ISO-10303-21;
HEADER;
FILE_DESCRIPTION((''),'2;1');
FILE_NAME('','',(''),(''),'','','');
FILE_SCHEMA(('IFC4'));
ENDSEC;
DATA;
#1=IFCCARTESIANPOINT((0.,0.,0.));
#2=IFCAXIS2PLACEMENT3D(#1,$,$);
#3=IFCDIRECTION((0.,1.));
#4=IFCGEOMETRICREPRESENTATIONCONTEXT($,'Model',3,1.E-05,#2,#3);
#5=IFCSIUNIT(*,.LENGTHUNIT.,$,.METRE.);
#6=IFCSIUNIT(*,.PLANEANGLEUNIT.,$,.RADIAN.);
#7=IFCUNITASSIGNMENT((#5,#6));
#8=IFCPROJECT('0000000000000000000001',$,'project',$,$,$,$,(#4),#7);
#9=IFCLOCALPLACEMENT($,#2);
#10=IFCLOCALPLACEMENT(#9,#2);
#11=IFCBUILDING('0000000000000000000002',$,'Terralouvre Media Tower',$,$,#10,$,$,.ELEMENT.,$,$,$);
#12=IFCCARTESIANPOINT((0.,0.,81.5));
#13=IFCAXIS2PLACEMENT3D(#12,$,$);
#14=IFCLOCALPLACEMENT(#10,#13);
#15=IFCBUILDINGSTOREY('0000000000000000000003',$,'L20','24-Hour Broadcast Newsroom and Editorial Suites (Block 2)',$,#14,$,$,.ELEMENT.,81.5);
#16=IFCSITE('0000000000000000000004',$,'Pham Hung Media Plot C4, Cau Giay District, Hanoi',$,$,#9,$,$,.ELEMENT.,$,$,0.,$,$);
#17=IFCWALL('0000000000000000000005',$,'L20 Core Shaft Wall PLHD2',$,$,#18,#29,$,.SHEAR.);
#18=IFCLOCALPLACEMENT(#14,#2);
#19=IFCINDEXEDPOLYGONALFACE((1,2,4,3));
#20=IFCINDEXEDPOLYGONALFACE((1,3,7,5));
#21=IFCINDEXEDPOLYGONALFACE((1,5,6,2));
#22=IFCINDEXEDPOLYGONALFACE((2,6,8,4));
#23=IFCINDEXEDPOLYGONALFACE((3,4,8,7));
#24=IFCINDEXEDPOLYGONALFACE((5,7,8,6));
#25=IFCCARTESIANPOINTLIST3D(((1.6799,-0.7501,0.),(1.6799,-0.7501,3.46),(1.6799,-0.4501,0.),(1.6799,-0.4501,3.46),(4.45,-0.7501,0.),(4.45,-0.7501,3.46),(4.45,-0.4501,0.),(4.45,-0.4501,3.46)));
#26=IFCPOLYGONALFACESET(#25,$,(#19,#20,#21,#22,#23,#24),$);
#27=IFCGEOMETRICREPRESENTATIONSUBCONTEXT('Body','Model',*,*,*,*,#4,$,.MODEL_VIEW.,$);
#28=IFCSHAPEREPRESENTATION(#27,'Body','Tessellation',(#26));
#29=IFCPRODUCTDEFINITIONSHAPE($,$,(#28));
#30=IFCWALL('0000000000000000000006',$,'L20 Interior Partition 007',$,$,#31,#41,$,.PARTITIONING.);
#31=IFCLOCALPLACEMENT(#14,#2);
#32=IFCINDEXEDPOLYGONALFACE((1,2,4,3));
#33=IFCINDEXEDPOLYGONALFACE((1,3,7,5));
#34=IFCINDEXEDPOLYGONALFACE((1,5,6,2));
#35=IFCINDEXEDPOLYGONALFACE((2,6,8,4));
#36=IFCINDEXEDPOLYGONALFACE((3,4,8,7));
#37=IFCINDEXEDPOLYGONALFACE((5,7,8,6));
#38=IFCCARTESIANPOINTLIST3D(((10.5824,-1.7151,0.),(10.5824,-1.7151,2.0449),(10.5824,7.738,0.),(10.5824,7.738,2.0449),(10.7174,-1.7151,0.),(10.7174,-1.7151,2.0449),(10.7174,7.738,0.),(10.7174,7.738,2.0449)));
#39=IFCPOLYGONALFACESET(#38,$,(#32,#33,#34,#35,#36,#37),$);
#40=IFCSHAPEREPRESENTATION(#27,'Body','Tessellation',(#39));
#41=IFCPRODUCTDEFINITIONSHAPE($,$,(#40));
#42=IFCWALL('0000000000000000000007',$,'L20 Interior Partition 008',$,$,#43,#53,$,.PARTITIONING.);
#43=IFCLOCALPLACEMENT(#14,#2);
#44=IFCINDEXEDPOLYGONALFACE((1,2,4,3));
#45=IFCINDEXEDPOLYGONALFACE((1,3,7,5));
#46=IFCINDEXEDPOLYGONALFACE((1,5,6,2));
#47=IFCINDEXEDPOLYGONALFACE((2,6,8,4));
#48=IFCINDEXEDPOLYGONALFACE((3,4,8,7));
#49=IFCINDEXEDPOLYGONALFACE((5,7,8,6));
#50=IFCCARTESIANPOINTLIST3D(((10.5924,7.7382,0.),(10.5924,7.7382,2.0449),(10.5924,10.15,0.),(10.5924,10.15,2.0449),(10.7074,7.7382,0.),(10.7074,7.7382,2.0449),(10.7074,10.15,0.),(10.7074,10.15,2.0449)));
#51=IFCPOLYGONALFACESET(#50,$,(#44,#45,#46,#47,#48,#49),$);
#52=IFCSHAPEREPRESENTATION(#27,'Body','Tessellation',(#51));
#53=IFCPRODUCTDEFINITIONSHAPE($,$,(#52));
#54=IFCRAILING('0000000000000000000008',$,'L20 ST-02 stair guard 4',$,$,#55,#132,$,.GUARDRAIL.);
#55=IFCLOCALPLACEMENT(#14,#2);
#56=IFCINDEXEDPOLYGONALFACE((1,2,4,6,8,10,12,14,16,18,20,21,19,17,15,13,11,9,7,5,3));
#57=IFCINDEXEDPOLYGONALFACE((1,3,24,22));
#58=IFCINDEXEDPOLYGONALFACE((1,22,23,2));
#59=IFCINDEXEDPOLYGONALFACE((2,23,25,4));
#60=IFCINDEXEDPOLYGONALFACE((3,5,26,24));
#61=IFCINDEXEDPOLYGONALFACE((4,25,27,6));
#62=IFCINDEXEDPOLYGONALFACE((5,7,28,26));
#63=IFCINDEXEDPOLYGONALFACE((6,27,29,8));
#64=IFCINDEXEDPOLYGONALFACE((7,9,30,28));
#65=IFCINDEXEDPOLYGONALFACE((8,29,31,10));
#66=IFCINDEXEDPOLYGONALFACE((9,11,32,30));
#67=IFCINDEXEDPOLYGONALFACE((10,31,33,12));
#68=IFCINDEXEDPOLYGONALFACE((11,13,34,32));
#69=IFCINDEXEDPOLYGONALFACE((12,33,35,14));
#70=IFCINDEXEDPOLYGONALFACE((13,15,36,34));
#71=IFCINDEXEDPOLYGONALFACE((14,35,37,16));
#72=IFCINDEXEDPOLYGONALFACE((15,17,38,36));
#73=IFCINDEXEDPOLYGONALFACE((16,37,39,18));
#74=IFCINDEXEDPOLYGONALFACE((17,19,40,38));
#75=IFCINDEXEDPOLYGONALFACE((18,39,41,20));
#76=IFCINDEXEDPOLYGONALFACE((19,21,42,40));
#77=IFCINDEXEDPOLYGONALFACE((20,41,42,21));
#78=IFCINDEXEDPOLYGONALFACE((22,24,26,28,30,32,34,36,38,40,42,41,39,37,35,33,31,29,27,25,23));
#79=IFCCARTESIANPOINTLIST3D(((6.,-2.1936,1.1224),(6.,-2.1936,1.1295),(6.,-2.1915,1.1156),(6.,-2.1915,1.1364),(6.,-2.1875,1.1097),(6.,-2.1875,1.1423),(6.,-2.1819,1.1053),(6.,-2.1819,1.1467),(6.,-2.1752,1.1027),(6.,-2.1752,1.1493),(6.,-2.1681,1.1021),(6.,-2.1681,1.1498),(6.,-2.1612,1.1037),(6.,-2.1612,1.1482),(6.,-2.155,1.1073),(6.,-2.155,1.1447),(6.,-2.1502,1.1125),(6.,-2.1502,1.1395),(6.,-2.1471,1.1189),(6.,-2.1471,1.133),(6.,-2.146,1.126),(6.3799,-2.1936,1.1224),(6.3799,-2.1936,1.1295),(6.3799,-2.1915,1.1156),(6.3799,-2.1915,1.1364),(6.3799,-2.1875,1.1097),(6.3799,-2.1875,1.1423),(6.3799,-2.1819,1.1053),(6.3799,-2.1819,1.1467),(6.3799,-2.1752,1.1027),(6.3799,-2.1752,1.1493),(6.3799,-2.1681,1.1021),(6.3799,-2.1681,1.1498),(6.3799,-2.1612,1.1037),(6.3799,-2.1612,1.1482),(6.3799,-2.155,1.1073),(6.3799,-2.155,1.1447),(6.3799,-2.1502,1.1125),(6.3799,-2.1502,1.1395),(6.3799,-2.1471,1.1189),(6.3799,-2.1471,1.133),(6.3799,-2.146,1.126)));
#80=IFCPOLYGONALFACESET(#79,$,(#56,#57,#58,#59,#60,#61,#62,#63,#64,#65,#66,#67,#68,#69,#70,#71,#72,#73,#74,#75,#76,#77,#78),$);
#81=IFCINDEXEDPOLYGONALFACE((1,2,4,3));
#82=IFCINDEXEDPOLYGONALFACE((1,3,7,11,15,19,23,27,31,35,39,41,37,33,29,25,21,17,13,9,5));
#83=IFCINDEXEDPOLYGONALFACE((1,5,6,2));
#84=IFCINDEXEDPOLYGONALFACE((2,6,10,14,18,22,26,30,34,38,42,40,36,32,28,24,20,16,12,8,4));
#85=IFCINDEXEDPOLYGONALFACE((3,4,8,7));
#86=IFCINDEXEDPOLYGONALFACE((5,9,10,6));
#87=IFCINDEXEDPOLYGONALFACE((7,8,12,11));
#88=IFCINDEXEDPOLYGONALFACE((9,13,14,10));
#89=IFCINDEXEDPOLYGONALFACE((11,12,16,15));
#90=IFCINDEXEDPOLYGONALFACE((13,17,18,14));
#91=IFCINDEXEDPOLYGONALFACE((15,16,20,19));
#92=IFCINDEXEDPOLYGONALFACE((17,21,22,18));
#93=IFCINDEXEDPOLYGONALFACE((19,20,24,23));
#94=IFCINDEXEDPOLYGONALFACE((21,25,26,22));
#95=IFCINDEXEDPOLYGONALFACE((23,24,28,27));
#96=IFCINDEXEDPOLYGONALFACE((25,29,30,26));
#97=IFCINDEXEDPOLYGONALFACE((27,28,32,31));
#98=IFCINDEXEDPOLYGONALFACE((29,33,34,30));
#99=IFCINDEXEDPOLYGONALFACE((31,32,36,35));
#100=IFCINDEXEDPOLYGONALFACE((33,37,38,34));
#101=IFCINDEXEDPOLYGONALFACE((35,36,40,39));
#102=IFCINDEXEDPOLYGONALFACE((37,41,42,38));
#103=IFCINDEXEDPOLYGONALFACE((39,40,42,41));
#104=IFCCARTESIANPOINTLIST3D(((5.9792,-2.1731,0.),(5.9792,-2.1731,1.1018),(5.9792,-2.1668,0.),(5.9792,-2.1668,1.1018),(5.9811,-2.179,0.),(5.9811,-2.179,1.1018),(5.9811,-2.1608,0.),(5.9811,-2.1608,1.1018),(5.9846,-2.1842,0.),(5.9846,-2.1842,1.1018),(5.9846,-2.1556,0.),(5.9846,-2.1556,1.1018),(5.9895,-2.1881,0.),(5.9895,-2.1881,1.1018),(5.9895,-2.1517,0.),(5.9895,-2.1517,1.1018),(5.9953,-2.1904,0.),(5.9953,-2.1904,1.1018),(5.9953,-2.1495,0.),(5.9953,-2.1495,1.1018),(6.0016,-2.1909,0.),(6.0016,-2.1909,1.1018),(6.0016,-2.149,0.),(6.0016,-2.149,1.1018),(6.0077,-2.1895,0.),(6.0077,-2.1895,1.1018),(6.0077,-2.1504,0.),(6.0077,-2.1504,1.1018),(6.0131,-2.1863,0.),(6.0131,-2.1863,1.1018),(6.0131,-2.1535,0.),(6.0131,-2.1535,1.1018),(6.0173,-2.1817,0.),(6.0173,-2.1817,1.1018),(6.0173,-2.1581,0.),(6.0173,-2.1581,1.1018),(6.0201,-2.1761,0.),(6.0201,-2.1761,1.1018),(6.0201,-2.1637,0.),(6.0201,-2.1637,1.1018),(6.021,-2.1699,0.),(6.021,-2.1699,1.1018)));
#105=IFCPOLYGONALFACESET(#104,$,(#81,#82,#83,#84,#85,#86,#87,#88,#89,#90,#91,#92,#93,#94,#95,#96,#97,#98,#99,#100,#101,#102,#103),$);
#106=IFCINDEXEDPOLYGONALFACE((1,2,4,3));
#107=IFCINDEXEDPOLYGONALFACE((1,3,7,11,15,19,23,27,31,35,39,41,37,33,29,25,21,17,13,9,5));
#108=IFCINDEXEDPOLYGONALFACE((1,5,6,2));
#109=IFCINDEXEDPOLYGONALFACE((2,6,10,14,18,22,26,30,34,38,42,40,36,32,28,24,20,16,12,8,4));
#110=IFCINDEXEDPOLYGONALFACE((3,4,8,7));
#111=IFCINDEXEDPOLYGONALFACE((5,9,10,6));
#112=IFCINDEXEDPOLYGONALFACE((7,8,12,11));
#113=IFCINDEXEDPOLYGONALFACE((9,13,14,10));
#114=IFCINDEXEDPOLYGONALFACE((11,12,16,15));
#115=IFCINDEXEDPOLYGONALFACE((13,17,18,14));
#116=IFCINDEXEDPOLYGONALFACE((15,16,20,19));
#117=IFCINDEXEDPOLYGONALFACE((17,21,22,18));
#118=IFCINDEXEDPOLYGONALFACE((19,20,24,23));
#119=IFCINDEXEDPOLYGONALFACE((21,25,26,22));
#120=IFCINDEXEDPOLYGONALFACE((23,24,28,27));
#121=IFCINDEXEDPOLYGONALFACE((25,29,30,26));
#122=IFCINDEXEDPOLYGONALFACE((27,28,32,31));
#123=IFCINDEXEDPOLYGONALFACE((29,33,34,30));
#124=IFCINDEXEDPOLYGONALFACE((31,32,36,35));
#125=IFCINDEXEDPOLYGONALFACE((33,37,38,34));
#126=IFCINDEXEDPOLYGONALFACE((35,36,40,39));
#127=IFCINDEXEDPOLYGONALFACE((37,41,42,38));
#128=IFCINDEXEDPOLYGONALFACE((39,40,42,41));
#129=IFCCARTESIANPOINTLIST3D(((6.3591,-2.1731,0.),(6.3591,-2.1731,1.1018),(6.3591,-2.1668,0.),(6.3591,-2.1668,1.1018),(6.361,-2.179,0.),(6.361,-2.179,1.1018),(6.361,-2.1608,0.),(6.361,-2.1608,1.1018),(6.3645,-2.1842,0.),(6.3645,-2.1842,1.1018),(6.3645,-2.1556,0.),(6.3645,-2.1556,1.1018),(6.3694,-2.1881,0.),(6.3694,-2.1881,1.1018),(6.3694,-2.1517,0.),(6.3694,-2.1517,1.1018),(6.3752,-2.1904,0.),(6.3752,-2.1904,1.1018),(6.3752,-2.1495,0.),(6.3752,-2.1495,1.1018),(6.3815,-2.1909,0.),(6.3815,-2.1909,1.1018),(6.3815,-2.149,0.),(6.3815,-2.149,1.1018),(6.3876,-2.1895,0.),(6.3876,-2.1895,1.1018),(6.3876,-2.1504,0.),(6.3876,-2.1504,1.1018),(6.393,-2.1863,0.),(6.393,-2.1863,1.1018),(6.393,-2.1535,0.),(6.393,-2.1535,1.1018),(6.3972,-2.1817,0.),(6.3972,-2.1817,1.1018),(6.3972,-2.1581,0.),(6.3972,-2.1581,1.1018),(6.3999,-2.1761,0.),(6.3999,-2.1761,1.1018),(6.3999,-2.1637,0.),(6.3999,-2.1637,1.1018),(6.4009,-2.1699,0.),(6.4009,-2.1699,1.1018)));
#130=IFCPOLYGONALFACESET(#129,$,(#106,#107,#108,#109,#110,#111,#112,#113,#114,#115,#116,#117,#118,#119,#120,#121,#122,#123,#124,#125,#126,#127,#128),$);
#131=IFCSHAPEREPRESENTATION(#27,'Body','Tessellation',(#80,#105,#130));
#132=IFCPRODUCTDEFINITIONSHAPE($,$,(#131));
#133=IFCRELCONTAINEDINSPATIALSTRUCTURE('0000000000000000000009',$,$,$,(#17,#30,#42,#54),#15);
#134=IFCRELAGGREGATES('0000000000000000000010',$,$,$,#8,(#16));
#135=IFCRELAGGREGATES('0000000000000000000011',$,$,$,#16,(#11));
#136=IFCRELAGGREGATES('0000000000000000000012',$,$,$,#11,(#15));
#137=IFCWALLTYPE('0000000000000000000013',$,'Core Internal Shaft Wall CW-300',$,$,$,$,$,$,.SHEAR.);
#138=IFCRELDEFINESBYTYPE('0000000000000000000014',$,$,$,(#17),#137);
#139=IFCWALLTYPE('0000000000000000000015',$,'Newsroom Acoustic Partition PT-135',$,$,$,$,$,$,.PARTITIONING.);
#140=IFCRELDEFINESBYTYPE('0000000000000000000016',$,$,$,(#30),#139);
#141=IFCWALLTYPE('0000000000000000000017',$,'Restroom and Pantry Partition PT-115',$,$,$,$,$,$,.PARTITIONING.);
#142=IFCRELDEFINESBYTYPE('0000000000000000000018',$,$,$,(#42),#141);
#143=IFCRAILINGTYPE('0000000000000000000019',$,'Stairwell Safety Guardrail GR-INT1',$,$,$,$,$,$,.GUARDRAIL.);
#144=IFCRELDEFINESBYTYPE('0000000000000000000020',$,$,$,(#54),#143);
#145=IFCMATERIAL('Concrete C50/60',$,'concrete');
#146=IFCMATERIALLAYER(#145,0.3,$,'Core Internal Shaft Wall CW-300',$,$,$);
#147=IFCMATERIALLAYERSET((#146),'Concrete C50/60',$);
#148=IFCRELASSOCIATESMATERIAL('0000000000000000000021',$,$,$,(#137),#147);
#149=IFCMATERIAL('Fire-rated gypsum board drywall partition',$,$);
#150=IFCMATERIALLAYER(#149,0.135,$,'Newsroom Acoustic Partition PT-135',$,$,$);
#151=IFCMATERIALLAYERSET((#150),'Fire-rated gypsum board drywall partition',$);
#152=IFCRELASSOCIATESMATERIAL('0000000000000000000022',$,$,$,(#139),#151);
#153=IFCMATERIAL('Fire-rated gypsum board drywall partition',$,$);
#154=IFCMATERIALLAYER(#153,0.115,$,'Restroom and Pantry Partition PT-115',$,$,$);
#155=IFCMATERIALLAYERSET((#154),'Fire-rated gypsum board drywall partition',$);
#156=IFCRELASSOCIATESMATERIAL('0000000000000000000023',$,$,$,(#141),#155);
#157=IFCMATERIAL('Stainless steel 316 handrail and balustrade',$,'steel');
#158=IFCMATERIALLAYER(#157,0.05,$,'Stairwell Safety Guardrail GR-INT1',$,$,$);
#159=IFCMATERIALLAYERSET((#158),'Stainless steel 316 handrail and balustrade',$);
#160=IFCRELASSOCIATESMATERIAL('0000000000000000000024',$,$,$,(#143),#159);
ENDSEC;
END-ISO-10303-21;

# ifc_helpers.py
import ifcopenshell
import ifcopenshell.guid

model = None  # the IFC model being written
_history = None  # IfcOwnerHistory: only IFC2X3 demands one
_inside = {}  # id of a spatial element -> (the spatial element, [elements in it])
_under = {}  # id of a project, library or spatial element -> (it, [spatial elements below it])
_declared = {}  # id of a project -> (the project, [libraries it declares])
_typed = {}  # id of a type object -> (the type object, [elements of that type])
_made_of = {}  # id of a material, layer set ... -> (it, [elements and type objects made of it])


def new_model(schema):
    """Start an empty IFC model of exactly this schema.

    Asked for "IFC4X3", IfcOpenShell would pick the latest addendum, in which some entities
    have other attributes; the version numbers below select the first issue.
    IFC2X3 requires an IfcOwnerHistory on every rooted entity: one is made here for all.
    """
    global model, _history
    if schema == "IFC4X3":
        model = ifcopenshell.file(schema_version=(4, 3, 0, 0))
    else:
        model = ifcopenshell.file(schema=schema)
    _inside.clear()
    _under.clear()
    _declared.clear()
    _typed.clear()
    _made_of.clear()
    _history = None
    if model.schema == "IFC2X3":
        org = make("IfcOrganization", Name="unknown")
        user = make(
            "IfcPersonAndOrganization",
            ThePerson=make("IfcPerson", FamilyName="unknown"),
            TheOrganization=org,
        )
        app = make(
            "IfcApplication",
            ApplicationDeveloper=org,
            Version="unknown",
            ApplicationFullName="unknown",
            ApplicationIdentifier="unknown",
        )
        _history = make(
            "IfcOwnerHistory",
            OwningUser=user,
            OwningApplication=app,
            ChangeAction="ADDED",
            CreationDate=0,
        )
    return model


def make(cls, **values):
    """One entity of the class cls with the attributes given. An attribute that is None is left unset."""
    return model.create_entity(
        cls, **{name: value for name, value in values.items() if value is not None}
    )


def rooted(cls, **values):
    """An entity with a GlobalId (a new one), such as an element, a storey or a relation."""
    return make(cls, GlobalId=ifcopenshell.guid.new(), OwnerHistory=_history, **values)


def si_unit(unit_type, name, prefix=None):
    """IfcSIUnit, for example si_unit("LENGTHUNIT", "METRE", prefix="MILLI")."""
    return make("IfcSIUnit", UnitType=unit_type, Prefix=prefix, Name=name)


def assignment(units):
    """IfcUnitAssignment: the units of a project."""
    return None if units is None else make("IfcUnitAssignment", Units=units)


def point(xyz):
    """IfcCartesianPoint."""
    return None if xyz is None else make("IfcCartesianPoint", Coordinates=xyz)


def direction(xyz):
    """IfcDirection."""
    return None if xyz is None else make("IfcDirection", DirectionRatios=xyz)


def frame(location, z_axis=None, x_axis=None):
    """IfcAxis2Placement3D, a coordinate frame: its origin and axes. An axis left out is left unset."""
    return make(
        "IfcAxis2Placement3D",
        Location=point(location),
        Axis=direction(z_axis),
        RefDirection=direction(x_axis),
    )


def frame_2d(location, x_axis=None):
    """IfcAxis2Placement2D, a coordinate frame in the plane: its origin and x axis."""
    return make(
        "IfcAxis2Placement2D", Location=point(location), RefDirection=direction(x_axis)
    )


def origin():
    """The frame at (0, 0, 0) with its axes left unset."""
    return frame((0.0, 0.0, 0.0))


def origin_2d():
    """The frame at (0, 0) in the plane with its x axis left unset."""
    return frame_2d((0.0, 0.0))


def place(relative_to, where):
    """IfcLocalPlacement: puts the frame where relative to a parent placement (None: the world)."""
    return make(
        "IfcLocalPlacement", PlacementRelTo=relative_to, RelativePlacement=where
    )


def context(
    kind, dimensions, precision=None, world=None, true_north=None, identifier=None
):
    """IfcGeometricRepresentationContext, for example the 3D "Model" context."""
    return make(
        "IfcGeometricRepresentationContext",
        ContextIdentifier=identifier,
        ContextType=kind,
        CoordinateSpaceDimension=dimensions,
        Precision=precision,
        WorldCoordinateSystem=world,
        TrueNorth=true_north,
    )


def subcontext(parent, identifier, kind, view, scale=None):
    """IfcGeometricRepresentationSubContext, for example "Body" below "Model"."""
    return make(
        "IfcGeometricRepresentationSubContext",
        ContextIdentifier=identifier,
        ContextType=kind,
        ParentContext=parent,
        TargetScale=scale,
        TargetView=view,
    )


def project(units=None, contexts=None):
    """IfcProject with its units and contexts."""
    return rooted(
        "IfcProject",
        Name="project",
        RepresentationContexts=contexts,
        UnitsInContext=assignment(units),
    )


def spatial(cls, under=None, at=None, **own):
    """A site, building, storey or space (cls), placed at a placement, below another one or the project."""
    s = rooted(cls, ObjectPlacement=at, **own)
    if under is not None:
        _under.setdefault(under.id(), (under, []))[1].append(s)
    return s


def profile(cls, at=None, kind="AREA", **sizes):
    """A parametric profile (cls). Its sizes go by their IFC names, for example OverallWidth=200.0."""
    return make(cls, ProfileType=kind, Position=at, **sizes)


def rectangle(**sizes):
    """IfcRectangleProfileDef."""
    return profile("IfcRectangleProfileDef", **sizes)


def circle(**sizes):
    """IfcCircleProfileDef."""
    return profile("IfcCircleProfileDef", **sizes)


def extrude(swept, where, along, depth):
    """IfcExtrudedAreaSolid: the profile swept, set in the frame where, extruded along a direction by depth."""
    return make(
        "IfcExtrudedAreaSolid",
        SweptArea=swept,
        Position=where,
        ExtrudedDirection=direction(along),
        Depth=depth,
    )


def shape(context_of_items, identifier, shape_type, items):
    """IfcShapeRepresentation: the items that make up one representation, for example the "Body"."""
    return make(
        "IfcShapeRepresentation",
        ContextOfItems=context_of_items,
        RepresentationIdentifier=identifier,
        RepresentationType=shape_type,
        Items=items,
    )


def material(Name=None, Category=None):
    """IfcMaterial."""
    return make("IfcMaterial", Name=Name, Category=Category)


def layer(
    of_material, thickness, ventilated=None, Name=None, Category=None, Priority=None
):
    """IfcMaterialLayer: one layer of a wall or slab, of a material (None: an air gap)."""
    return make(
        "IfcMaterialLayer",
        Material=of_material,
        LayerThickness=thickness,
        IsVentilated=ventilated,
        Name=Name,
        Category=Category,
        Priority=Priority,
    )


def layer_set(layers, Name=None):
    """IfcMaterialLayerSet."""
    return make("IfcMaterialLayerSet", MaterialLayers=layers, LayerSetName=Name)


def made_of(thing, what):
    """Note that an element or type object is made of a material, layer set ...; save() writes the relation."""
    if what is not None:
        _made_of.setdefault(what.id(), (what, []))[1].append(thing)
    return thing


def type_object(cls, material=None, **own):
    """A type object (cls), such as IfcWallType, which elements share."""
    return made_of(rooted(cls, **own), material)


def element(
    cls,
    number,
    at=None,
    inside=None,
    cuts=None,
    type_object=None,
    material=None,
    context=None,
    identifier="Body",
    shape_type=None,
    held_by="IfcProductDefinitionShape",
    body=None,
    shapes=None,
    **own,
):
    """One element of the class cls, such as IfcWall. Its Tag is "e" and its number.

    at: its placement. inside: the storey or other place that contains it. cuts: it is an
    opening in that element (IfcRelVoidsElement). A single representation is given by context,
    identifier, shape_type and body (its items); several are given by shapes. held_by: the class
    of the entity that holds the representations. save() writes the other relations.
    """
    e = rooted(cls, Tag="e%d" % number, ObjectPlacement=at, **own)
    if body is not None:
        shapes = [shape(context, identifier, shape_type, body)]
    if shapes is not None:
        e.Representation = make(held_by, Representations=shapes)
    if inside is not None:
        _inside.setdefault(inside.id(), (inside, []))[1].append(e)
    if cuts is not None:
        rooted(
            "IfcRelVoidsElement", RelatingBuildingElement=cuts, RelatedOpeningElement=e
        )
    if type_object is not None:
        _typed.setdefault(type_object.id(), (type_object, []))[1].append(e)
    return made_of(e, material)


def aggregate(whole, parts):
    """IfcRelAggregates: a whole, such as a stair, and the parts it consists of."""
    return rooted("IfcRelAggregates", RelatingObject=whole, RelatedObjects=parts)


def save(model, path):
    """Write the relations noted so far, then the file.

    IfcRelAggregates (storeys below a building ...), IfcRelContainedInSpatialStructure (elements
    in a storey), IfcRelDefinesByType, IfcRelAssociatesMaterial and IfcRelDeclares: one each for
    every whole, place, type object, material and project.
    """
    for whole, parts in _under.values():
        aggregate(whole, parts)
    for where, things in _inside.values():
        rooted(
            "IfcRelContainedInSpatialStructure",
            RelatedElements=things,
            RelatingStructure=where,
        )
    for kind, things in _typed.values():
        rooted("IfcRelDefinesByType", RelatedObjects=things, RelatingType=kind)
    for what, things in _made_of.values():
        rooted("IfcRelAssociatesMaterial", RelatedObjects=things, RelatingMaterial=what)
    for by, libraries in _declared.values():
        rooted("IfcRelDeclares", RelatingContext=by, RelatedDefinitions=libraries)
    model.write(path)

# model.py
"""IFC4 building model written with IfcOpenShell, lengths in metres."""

from ifc_helpers import new_model, si_unit, direction, frame, frame_2d, origin, origin_2d, place, context, subcontext, project, spatial, rectangle, circle, extrude, material, layer, layer_set, type_object, element, save


model = new_model("IFC4")

# Units and contexts
model_context = context("Model", 3, precision=1e-05, world=origin(), true_north=direction((0.0, 1.0)))
body_context = subcontext(model_context, "Body", "Model", "MODEL_VIEW")
ifc_project = project(units=[si_unit("LENGTHUNIT", "METRE"), si_unit("PLANEANGLEUNIT", "RADIAN")], contexts=[model_context])

# Site, building, storey
site_placement = place(None, origin())
site = spatial("IfcSite", under=ifc_project, at=site_placement, Name="Pham Hung Media Plot C4, Cau Giay District, Hanoi", CompositionType="ELEMENT", RefElevation=0.0)
building_placement = place(site_placement, origin())
building = spatial("IfcBuilding", under=site, at=building_placement, Name="Terralouvre Media Tower", CompositionType="ELEMENT")
storey_placement = place(building_placement, frame((0.0, 0.0, 81.5)))
storey = spatial("IfcBuildingStorey", under=building, at=storey_placement, Name="L20", Description="24-Hour Broadcast Newsroom and Editorial Suites (Block 2)", CompositionType="ELEMENT", Elevation=81.5)

# Shared definitions
ifc_material_1 = material(Name="Concrete C50/60", Category="concrete")
ifc_layer_1 = layer(ifc_material_1, 0.3, Name="Core Internal Shaft Wall CW-300")
ifc_layer_set_1 = layer_set([ifc_layer_1], Name="Concrete C50/60")
wall_type_1 = type_object("IfcWallType", Name="Core Internal Shaft Wall CW-300", PredefinedType="SHEAR", material=ifc_layer_set_1)

# Walls
for number, where, z_axis, x_axis, name in (
    (1, (1.6799, -0.6001, 0.0), (0.0, 0.0, 1.0), (1.0, 0.0, 0.0), "L20 Core Shaft Wall PLHD2"),
):
    element("IfcWall", number, at=place(storey_placement, frame(where, z_axis=z_axis, x_axis=x_axis)), inside=storey, type_object=wall_type_1, Name=name, PredefinedType="SHEAR", context=body_context, shape_type="SweptSolid", body=[
        extrude(rectangle(XDim=2.77, YDim=0.3, at=frame_2d((1.385, 0.0))), origin(), (0.0, 0.0, 1.0), 3.46),
    ])
ifc_material_2 = material(Name="Fire-rated gypsum board drywall partition")
ifc_layer_2 = layer(ifc_material_2, 0.135, Name="Newsroom Acoustic Partition PT-135")
ifc_layer_set_2 = layer_set([ifc_layer_2], Name="Fire-rated gypsum board drywall partition")
wall_type_2 = type_object("IfcWallType", Name="Newsroom Acoustic Partition PT-135", PredefinedType="PARTITIONING", material=ifc_layer_set_2)
wall_1_placement = place(storey_placement, frame((10.6499, -1.7151, 0.0), z_axis=(0.0, 0.0, 1.0), x_axis=(0.0, 1.0, 0.0)))
element("IfcWall", 2, at=wall_1_placement, inside=storey, type_object=wall_type_2, Name="L20 Interior Partition 007", PredefinedType="PARTITIONING", context=body_context, shape_type="SweptSolid", body=[
    extrude(rectangle(XDim=9.4531, YDim=0.135, at=frame_2d((4.7266, 0.0))), origin(), (0.0, 0.0, 1.0), 2.0449),
])
ifc_material_3 = material(Name="Fire-rated gypsum board drywall partition")
ifc_layer_3 = layer(ifc_material_3, 0.115, Name="Restroom and Pantry Partition PT-115")
ifc_layer_set_3 = layer_set([ifc_layer_3], Name="Fire-rated gypsum board drywall partition")
wall_type_3 = type_object("IfcWallType", Name="Restroom and Pantry Partition PT-115", PredefinedType="PARTITIONING", material=ifc_layer_set_3)
wall_2_placement = place(storey_placement, frame((10.6499, 7.738, 0.0), z_axis=(0.0, 0.0, 1.0), x_axis=(0.0, 1.0, 0.0)))
element("IfcWall", 3, at=wall_2_placement, inside=storey, type_object=wall_type_3, Name="L20 Interior Partition 008", PredefinedType="PARTITIONING", context=body_context, shape_type="SweptSolid", body=[
    extrude(rectangle(XDim=2.4119, YDim=0.115, at=frame_2d((1.2061, 0.0))), origin(), (0.0, 0.0, 1.0), 2.0449),
])

# Railing
ifc_material_4 = material(Name="Stainless steel 316 handrail and balustrade", Category="steel")
ifc_layer_4 = layer(ifc_material_4, 0.05, Name="Stairwell Safety Guardrail GR-INT1")
ifc_layer_set_4 = layer_set([ifc_layer_4], Name="Stainless steel 316 handrail and balustrade")
railing_type = type_object("IfcRailingType", Name="Stairwell Safety Guardrail GR-INT1", PredefinedType="GUARDRAIL", material=ifc_layer_set_4)
railing_placement = place(storey_placement, frame((6.0, -2.1699, 0.0)))
element("IfcRailing", 4, at=railing_placement, inside=storey, type_object=railing_type, Name="L20 ST-02 stair guard 4", PredefinedType="GUARDRAIL", context=body_context, shape_type="SweptSolid", body=[
    extrude(circle(Radius=0.0239, at=origin_2d()), frame((0.0, 0.0, 1.126), z_axis=(1.0, 0.0, 0.0), x_axis=(0.0, 1.0, 0.0)), (0.0, 0.0, 1.0), 0.3799),
    extrude(circle(Radius=0.021, at=origin_2d()), origin(), (0.0, 0.0, 1.0), 1.1018),
    extrude(circle(Radius=0.021, at=origin_2d()), frame((0.3799, 0.0, 0.0)), (0.0, 0.0, 1.0), 1.1018),
])

save(model, "model.ifc")
